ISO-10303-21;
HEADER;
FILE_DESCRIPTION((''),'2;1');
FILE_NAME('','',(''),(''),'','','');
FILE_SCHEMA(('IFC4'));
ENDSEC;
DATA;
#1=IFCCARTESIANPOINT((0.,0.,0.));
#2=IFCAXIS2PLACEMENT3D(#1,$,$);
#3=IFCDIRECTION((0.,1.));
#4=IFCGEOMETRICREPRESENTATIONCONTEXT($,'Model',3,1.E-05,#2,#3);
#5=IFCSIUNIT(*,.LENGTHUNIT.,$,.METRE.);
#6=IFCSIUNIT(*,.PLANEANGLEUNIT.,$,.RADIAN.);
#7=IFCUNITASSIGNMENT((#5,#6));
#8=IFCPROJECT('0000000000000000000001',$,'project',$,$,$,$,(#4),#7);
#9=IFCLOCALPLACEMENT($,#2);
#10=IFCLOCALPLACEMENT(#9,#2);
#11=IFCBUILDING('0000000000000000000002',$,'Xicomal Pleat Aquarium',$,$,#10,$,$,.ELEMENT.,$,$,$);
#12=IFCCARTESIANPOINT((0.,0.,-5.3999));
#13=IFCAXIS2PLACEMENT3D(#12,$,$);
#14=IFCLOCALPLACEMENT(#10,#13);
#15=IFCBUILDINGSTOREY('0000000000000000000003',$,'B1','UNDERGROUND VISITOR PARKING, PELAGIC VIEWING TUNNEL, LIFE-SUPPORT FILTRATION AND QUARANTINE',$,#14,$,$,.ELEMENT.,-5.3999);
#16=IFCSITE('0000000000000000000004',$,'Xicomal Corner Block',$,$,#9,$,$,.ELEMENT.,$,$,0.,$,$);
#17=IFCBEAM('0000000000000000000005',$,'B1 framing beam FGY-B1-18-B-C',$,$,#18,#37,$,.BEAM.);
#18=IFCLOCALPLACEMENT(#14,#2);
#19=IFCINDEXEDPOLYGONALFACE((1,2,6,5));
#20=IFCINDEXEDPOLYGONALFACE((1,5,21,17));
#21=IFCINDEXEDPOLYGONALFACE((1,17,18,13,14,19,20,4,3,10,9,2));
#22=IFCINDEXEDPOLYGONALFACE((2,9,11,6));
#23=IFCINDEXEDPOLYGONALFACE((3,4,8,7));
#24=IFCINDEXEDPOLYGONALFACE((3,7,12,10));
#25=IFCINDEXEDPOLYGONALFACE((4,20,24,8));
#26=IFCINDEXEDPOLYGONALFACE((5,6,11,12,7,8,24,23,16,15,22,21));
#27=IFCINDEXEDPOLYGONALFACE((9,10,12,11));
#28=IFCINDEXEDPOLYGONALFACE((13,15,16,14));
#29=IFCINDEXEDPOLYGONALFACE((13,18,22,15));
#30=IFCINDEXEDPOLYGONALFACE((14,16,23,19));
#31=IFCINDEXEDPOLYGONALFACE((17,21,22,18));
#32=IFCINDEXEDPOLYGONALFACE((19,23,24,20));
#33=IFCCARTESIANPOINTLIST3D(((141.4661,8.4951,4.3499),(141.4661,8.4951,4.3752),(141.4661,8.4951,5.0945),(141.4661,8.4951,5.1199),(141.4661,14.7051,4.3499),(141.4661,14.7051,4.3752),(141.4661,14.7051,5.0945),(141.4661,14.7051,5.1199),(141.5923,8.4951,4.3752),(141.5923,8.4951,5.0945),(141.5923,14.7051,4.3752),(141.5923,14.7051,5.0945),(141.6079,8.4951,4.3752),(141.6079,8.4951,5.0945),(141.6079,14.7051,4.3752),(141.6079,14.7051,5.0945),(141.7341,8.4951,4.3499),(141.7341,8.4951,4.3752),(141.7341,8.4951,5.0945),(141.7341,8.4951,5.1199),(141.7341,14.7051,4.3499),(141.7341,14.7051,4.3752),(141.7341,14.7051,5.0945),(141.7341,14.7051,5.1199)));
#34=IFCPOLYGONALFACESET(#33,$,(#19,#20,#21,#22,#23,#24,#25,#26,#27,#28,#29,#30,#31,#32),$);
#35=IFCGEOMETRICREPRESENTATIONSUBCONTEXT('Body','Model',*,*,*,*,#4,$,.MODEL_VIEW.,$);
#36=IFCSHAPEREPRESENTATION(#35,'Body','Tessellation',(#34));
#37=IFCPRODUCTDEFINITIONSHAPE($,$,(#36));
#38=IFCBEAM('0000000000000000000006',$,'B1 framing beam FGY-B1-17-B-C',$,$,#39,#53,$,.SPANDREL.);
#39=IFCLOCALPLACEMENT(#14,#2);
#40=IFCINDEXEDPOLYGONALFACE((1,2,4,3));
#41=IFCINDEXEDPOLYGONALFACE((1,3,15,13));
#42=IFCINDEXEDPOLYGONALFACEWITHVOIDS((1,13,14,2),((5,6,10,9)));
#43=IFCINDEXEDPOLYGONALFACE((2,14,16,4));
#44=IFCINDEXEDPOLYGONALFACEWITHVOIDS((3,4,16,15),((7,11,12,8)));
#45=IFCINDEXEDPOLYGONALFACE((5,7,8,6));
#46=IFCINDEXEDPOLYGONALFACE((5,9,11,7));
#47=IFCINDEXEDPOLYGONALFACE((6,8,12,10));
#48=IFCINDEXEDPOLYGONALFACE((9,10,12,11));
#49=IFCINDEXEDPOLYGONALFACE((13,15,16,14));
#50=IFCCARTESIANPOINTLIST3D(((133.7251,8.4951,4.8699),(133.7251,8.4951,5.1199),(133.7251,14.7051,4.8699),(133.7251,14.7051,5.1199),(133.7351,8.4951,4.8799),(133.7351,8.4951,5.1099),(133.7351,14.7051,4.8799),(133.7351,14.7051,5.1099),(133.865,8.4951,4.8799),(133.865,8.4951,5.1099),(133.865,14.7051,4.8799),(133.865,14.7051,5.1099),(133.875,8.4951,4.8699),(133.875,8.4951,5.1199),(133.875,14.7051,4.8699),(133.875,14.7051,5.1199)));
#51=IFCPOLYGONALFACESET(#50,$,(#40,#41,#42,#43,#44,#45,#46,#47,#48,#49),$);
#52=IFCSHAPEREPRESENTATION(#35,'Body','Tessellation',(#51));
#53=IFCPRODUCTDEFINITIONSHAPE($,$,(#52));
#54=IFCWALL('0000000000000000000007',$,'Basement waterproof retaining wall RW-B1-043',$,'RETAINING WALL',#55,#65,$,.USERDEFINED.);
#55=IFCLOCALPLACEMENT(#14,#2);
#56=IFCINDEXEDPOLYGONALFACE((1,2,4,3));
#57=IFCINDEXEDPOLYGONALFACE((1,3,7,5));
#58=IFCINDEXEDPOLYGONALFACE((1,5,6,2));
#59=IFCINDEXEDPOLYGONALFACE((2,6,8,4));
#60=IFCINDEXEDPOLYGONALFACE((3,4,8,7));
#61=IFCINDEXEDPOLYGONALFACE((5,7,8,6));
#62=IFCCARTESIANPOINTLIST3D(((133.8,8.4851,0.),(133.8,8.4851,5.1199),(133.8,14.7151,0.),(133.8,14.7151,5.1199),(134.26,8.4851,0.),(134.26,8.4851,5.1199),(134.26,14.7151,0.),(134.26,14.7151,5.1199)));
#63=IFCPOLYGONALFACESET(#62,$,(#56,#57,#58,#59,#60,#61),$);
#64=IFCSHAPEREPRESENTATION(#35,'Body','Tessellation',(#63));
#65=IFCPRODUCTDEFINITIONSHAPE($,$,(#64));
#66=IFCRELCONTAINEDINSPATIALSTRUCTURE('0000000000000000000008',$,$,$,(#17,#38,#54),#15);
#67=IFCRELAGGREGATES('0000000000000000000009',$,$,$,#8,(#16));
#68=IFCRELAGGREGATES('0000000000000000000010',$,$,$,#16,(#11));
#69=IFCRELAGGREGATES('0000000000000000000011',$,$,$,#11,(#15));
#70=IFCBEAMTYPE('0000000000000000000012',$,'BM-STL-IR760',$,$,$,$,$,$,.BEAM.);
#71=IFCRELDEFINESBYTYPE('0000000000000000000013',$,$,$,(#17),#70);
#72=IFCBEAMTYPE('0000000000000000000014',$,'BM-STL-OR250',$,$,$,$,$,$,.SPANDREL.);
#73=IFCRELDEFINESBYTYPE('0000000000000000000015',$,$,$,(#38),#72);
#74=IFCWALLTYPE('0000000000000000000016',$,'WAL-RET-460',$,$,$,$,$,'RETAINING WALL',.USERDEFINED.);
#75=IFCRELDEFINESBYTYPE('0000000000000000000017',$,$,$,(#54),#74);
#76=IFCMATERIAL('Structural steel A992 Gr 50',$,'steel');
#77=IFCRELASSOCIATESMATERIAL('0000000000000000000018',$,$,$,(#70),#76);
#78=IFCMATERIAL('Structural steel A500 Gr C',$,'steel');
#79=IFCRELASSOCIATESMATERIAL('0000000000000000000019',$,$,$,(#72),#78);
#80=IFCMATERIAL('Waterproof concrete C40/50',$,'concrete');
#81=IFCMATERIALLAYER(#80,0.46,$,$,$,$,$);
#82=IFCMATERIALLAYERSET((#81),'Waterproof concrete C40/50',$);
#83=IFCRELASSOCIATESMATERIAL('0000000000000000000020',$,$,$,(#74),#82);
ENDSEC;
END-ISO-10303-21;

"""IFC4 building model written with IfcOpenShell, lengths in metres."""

from ifc_helpers import new_model, si_unit, direction, frame, frame_2d, origin, origin_2d, place, context, subcontext, project, spatial, rectangle, hollow_rectangle, i_section, extrude, material, layer, layer_set, material_profile, profile_set, type_object, element, save


model = new_model("IFC4")

# Units and contexts
model_context = context("Model", 3, precision=1e-05, world=origin(), true_north=direction((0.0, 1.0)))
body_context = subcontext(model_context, "Body", "Model", "MODEL_VIEW")
ifc_project = project(units=[si_unit("LENGTHUNIT", "METRE"), si_unit("PLANEANGLEUNIT", "RADIAN")], contexts=[model_context])

# Site, building, storey
site_placement = place(None, origin())
site = spatial("IfcSite", under=ifc_project, at=site_placement, Name="Xicomal Corner Block", CompositionType="ELEMENT", RefElevation=0.0)
building_placement = place(site_placement, origin())
building = spatial("IfcBuilding", under=site, at=building_placement, Name="Xicomal Pleat Aquarium", CompositionType="ELEMENT")
storey_placement = place(building_placement, frame((0.0, 0.0, -5.3999)))
storey = spatial("IfcBuildingStorey", under=building, at=storey_placement, Name="B1", Description="UNDERGROUND VISITOR PARKING, PELAGIC VIEWING TUNNEL, LIFE-SUPPORT FILTRATION AND QUARANTINE", CompositionType="ELEMENT", Elevation=-5.3999)

# Beams
ifc_material_1 = material(Name="Structural steel A992 Gr 50", Category="steel")
ifc_material_profile_1 = material_profile(ifc_material_1, i_section(OverallWidth=0.2681, OverallDepth=0.77, WebThickness=0.0156, FlangeThickness=0.0254, at=origin_2d()), Name="IR 760x196")
ifc_profile_set_1 = profile_set([ifc_material_profile_1], Name="Structural steel A992 Gr 50")
beam_type_1 = type_object("IfcBeamType", Name="BM-STL-IR760", PredefinedType="BEAM", material=ifc_profile_set_1)
beam_1_placement = place(storey_placement, frame((141.6001, 8.4951, 4.7349), z_axis=(0.0, 1.0, 0.0), x_axis=(-1.0, 0.0, 0.0)))
element("IfcBeam", 1, at=beam_1_placement, inside=storey, type_object=beam_type_1, Name="B1 framing beam FGY-B1-18-B-C", PredefinedType="BEAM", context=body_context, shape_type="SweptSolid", body=[
    extrude(i_section(OverallWidth=0.2681, OverallDepth=0.77, WebThickness=0.0156, FlangeThickness=0.0254, at=origin_2d()), origin(), (0.0, 0.0, 1.0), 6.21),
])
ifc_material_2 = material(Name="Structural steel A500 Gr C", Category="steel")
ifc_material_profile_2 = material_profile(ifc_material_2, hollow_rectangle(XDim=0.1499, YDim=0.25, WallThickness=0.01, at=origin_2d()), Name="OR 250x150x10")
ifc_profile_set_2 = profile_set([ifc_material_profile_2], Name="Structural steel A500 Gr C")
beam_type_2 = type_object("IfcBeamType", Name="BM-STL-OR250", PredefinedType="SPANDREL", material=ifc_profile_set_2)
beam_2_placement = place(storey_placement, frame((133.8, 8.4951, 4.9949), z_axis=(0.0, 1.0, 0.0), x_axis=(-1.0, 0.0, 0.0)))
element("IfcBeam", 2, at=beam_2_placement, inside=storey, type_object=beam_type_2, Name="B1 framing beam FGY-B1-17-B-C", PredefinedType="SPANDREL", context=body_context, shape_type="SweptSolid", body=[
    extrude(hollow_rectangle(XDim=0.1499, YDim=0.25, WallThickness=0.01, at=origin_2d()), origin(), (0.0, 0.0, 1.0), 6.21),
])

# Wall
ifc_material_3 = material(Name="Waterproof concrete C40/50", Category="concrete")
ifc_layer = layer(ifc_material_3, 0.46)
ifc_layer_set = layer_set([ifc_layer], Name="Waterproof concrete C40/50")
wall_type = type_object("IfcWallType", Name="WAL-RET-460", ElementType="RETAINING WALL", PredefinedType="USERDEFINED", material=ifc_layer_set)
wall_placement = place(storey_placement, frame((134.03, 8.4851, 0.0), z_axis=(0.0, 0.0, 1.0), x_axis=(0.0, 1.0, 0.0)))
element("IfcWall", 3, at=wall_placement, inside=storey, type_object=wall_type, Name="Basement waterproof retaining wall RW-B1-043", ObjectType="RETAINING WALL", PredefinedType="USERDEFINED", context=body_context, shape_type="SweptSolid", body=[
    extrude(rectangle(XDim=6.23, YDim=0.46, at=frame_2d((3.115, 0.0))), origin(), (0.0, 0.0, 1.0), 5.1199),
])

save(model, "model.ifc")
